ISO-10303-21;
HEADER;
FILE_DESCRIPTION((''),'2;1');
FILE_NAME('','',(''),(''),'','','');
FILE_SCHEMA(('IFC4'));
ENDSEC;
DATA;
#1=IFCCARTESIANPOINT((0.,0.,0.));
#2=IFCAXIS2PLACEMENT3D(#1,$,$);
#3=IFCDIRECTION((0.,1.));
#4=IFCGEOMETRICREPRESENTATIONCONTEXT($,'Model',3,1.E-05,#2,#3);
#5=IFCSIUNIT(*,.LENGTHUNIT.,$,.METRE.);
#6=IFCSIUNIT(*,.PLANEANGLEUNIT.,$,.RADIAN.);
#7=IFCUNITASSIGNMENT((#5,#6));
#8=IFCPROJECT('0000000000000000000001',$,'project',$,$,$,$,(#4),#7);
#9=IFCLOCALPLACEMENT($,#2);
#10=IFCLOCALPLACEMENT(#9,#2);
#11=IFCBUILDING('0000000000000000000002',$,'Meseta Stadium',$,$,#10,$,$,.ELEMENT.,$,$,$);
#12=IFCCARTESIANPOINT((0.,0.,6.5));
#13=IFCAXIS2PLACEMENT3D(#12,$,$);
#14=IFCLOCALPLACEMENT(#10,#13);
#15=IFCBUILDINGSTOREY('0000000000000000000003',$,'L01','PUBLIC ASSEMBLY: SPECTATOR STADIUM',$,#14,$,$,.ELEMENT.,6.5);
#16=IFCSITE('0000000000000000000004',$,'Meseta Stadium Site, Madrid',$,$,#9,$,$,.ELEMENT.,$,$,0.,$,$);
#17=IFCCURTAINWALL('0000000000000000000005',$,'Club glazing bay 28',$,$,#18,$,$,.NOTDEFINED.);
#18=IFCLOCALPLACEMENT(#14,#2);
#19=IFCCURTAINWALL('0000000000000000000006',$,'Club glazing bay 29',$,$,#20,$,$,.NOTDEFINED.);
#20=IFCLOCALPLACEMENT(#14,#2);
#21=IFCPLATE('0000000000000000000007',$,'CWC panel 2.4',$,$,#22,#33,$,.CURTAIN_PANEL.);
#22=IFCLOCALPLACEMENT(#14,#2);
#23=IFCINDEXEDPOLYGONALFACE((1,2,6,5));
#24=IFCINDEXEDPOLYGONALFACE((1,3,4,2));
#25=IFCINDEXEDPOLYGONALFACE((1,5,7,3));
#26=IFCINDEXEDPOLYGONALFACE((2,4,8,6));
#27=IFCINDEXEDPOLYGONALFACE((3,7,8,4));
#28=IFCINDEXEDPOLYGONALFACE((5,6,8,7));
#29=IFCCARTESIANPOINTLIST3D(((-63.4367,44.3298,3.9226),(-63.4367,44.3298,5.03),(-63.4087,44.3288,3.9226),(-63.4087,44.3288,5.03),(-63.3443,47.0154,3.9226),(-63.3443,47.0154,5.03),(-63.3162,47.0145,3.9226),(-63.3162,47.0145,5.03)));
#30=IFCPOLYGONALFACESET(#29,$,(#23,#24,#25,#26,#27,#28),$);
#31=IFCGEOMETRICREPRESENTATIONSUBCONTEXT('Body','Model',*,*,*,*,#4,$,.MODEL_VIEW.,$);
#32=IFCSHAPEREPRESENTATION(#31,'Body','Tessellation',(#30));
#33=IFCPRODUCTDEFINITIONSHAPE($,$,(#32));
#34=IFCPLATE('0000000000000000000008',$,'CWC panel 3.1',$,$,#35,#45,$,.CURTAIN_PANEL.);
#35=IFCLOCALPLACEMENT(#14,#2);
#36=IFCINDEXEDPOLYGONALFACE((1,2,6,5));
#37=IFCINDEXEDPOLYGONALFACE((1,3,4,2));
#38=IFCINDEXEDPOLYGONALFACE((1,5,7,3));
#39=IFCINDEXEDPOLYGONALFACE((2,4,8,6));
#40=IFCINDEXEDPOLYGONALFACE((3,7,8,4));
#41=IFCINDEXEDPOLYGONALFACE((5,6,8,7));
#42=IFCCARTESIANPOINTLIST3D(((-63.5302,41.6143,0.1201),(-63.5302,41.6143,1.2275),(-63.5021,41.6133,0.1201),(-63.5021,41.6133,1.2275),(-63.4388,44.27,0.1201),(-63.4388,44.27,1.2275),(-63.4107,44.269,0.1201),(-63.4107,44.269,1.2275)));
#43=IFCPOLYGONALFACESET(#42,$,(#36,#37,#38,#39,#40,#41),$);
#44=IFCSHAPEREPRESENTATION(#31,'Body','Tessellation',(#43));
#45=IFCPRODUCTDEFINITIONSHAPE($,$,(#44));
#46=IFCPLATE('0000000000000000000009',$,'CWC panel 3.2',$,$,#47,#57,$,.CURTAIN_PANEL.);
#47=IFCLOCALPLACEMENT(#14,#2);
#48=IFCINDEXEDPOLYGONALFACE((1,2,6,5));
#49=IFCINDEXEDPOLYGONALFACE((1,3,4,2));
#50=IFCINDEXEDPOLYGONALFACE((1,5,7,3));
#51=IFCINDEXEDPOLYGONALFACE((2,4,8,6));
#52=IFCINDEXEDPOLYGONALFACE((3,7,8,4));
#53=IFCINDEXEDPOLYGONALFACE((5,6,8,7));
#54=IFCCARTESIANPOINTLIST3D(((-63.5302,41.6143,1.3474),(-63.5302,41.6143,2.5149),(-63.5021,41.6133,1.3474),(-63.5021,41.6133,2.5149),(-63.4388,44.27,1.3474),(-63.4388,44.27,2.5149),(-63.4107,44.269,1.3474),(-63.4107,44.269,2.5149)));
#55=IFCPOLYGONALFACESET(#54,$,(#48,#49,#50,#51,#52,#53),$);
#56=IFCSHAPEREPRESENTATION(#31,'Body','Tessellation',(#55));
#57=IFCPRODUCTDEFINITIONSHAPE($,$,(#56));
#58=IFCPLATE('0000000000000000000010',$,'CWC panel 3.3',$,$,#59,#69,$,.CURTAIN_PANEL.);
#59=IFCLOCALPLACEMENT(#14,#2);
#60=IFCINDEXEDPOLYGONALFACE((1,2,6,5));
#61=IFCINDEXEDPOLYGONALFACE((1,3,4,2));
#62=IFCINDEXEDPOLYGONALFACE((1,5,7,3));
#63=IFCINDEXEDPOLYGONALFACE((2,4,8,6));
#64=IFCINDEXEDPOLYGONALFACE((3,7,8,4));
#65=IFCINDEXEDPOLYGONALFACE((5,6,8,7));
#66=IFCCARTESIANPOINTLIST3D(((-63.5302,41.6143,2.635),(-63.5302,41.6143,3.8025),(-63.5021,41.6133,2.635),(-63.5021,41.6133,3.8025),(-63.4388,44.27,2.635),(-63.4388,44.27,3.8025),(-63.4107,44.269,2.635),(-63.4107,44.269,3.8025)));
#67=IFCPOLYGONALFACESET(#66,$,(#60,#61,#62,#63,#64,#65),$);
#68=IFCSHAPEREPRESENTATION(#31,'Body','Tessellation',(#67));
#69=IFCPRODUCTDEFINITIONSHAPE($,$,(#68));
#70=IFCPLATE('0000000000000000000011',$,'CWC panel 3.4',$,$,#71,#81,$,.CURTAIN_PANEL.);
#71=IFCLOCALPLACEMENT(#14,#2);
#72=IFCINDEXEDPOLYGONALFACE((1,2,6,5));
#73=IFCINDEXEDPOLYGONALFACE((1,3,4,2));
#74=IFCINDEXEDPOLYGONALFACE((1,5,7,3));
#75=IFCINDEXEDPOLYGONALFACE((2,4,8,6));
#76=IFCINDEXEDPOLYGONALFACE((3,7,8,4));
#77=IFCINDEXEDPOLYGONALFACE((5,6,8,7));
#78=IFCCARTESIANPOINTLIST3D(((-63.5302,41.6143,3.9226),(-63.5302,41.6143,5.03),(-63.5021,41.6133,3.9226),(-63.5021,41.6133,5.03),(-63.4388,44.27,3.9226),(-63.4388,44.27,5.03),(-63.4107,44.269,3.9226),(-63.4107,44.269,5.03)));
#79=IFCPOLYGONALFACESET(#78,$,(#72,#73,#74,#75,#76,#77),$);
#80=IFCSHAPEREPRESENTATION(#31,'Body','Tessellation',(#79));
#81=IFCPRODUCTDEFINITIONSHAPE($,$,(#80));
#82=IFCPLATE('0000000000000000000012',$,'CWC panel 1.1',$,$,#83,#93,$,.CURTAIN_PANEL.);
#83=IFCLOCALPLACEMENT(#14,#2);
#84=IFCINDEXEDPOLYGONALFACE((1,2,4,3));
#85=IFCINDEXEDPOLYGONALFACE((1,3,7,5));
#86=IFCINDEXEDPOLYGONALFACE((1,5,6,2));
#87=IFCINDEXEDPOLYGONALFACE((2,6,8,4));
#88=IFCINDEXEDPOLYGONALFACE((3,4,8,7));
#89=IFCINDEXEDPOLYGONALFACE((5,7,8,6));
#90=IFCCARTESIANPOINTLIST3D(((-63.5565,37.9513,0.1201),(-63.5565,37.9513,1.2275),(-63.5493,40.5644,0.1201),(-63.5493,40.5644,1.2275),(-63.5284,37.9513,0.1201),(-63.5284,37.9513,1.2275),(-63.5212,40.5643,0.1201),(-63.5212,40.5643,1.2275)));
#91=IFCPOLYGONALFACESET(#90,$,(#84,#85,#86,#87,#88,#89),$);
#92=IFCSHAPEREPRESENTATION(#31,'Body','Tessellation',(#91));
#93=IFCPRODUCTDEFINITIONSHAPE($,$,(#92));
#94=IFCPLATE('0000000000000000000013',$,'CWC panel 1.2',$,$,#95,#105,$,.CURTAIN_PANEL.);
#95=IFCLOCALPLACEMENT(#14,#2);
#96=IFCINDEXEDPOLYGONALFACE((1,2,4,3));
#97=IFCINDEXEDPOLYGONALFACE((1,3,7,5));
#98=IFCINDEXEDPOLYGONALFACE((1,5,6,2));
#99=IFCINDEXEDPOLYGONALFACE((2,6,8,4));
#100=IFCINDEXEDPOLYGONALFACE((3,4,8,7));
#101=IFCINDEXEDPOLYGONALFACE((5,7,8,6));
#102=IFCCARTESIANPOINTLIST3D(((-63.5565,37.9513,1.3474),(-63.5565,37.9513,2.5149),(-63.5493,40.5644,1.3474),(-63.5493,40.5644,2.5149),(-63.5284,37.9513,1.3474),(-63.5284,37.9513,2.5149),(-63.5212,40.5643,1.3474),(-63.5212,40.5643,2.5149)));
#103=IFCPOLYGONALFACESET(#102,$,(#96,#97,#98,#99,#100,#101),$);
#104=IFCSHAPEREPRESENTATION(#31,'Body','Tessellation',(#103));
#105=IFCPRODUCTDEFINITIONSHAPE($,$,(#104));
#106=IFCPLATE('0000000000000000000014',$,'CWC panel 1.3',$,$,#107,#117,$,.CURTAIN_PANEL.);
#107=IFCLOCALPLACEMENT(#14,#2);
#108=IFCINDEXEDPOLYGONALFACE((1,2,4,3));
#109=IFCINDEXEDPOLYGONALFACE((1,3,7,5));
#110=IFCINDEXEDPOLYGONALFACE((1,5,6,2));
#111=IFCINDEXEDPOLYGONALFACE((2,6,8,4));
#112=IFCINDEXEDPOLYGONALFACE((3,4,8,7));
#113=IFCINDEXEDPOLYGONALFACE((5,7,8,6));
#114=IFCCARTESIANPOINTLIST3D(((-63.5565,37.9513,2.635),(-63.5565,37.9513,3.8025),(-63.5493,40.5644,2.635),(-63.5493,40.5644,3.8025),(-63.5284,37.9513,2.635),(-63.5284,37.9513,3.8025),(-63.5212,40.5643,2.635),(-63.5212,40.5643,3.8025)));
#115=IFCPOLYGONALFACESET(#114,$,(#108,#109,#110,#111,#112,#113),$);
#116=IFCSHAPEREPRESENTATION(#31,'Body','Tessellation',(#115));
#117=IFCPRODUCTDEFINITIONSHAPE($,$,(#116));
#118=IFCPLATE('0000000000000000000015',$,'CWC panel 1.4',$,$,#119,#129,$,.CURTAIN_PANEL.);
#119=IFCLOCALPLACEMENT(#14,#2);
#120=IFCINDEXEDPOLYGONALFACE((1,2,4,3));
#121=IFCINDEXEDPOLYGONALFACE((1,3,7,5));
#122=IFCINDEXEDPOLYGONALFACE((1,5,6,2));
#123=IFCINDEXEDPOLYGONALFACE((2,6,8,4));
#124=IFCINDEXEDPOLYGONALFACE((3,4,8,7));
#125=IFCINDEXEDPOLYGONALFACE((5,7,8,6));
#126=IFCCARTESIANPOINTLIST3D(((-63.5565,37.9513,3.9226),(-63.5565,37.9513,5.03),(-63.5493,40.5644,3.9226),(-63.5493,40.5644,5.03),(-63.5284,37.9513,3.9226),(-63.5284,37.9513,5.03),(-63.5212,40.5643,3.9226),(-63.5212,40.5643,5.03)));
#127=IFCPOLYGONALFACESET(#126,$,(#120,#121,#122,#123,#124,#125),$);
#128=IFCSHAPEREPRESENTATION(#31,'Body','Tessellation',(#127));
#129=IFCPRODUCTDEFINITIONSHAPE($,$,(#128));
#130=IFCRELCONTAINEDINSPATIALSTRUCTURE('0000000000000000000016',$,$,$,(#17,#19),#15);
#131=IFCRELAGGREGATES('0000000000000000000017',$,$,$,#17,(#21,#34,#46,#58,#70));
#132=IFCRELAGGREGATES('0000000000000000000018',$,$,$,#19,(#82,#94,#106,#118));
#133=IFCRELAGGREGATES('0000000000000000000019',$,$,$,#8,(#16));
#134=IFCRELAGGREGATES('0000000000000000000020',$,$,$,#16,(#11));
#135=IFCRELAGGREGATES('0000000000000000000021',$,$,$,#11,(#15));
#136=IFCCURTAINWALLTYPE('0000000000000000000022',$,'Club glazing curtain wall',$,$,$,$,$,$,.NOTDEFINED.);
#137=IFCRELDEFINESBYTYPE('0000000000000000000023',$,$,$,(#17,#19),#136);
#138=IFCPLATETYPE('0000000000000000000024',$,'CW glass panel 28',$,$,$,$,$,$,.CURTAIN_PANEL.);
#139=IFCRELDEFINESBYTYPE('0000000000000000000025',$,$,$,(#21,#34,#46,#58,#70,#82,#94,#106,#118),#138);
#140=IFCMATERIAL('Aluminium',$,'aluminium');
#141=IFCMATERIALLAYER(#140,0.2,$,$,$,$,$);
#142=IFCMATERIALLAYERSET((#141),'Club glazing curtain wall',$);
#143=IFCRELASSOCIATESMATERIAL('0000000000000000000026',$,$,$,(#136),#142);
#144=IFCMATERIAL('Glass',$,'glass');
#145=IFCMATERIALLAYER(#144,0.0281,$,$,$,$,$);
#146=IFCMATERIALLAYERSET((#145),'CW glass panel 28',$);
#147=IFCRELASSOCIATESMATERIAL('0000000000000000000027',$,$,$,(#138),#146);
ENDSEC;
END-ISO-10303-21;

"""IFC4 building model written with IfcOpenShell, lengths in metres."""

from ifc_helpers import new_model, si_unit, direction, frame, origin, origin_2d, place, context, subcontext, project, spatial, rectangle, extrude, material, layer, layer_set, type_object, element, aggregate, save


model = new_model("IFC4")

# Units and contexts
model_context = context("Model", 3, precision=1e-05, world=origin(), true_north=direction((0.0, 1.0)))
body_context = subcontext(model_context, "Body", "Model", "MODEL_VIEW")
ifc_project = project(units=[si_unit("LENGTHUNIT", "METRE"), si_unit("PLANEANGLEUNIT", "RADIAN")], contexts=[model_context])

# Site, building, storey
site_placement = place(None, origin())
site = spatial("IfcSite", under=ifc_project, at=site_placement, Name="Meseta Stadium Site, Madrid", CompositionType="ELEMENT", RefElevation=0.0)
building_placement = place(site_placement, origin())
building = spatial("IfcBuilding", under=site, at=building_placement, Name="Meseta Stadium", CompositionType="ELEMENT")
storey_placement = place(building_placement, frame((0.0, 0.0, 6.5)))
storey = spatial("IfcBuildingStorey", under=building, at=storey_placement, Name="L01", Description="PUBLIC ASSEMBLY: SPECTATOR STADIUM", CompositionType="ELEMENT", Elevation=6.5)

# Curtain walls
ifc_material_1 = material(Name="Aluminium", Category="aluminium")
ifc_layer_1 = layer(ifc_material_1, 0.2)
ifc_layer_set_1 = layer_set([ifc_layer_1], Name="Club glazing curtain wall")
curtain_wall_type = type_object("IfcCurtainWallType", Name="Club glazing curtain wall", PredefinedType="NOTDEFINED", material=ifc_layer_set_1)
curtain_wall_1_placement = place(storey_placement, origin())
curtain_wall_1 = element("IfcCurtainWall", 1, at=curtain_wall_1_placement, inside=storey, type_object=curtain_wall_type, Name="Club glazing bay 28", PredefinedType="NOTDEFINED")
curtain_wall_2_placement = place(storey_placement, origin())
curtain_wall_2 = element("IfcCurtainWall", 2, at=curtain_wall_2_placement, inside=storey, type_object=curtain_wall_type, Name="Club glazing bay 29", PredefinedType="NOTDEFINED")

# Plates
ifc_material_2 = material(Name="Glass", Category="glass")
ifc_layer_2 = layer(ifc_material_2, 0.0281)
ifc_layer_set_2 = layer_set([ifc_layer_2], Name="CW glass panel 28")
plate_type = type_object("IfcPlateType", Name="CW glass panel 28", PredefinedType="CURTAIN_PANEL", material=ifc_layer_set_2)
plate_1_placement = place(storey_placement, frame((-63.3765, 45.6721, 3.9226), z_axis=(0.0, 0.0, 1.0), x_axis=(-0.034398, -0.999408, 0.0)))
plate_1 = element("IfcPlate", 3, at=plate_1_placement, type_object=plate_type, Name="CWC panel 2.4", PredefinedType="CURTAIN_PANEL", context=body_context, shape_type="SweptSolid", body=[
    extrude(rectangle(XDim=2.6873, YDim=0.0281, at=origin_2d()), origin(), (0.0, 0.0, 1.0), 1.1074),
])
plate_2_placement = place(storey_placement, frame((-63.4705, 42.9417, 0.1201), z_axis=(0.0, 0.0, 1.0), x_axis=(-0.034398, -0.999408, 0.0)))
plate_2 = element("IfcPlate", 4, at=plate_2_placement, type_object=plate_type, Name="CWC panel 3.1", PredefinedType="CURTAIN_PANEL", context=body_context, shape_type="SweptSolid", body=[
    extrude(rectangle(XDim=2.6572, YDim=0.0281, at=origin_2d()), origin(), (0.0, 0.0, 1.0), 1.1074),
])
plate_3_placement = place(storey_placement, frame((-63.4705, 42.9417, 1.3474), z_axis=(0.0, 0.0, 1.0), x_axis=(-0.034398, -0.999408, 0.0)))
plate_3 = element("IfcPlate", 5, at=plate_3_placement, type_object=plate_type, Name="CWC panel 3.2", PredefinedType="CURTAIN_PANEL", context=body_context, shape_type="SweptSolid", body=[
    extrude(rectangle(XDim=2.6572, YDim=0.0281, at=origin_2d()), origin(), (0.0, 0.0, 1.0), 1.1675),
])
plate_4_placement = place(storey_placement, frame((-63.4705, 42.9417, 2.635), z_axis=(0.0, 0.0, 1.0), x_axis=(-0.034398, -0.999408, 0.0)))
plate_4 = element("IfcPlate", 6, at=plate_4_placement, type_object=plate_type, Name="CWC panel 3.3", PredefinedType="CURTAIN_PANEL", context=body_context, shape_type="SweptSolid", body=[
    extrude(rectangle(XDim=2.6572, YDim=0.0281, at=origin_2d()), origin(), (0.0, 0.0, 1.0), 1.1675),
])
plate_5_placement = place(storey_placement, frame((-63.4705, 42.9417, 3.9226), z_axis=(0.0, 0.0, 1.0), x_axis=(-0.034398, -0.999408, 0.0)))
plate_5 = element("IfcPlate", 7, at=plate_5_placement, type_object=plate_type, Name="CWC panel 3.4", PredefinedType="CURTAIN_PANEL", context=body_context, shape_type="SweptSolid", body=[
    extrude(rectangle(XDim=2.6572, YDim=0.0281, at=origin_2d()), origin(), (0.0, 0.0, 1.0), 1.1074),
])
aggregate(curtain_wall_1, [plate_1, plate_2, plate_3, plate_4, plate_5])
plate_6_placement = place(storey_placement, frame((-63.5388, 39.2578, 0.1201), z_axis=(0.0, 0.0, 1.0), x_axis=(-0.002758, -0.999996, 0.0)))
plate_6 = element("IfcPlate", 8, at=plate_6_placement, type_object=plate_type, Name="CWC panel 1.1", PredefinedType="CURTAIN_PANEL", context=body_context, shape_type="SweptSolid", body=[
    extrude(rectangle(XDim=2.613, YDim=0.0281, at=origin_2d()), origin(), (0.0, 0.0, 1.0), 1.1074),
])
plate_7_placement = place(storey_placement, frame((-63.5388, 39.2578, 1.3474), z_axis=(0.0, 0.0, 1.0), x_axis=(-0.002758, -0.999996, 0.0)))
plate_7 = element("IfcPlate", 9, at=plate_7_placement, type_object=plate_type, Name="CWC panel 1.2", PredefinedType="CURTAIN_PANEL", context=body_context, shape_type="SweptSolid", body=[
    extrude(rectangle(XDim=2.613, YDim=0.0281, at=origin_2d()), origin(), (0.0, 0.0, 1.0), 1.1675),
])
plate_8_placement = place(storey_placement, frame((-63.5388, 39.2578, 2.635), z_axis=(0.0, 0.0, 1.0), x_axis=(-0.002758, -0.999996, 0.0)))
plate_8 = element("IfcPlate", 10, at=plate_8_placement, type_object=plate_type, Name="CWC panel 1.3", PredefinedType="CURTAIN_PANEL", context=body_context, shape_type="SweptSolid", body=[
    extrude(rectangle(XDim=2.613, YDim=0.0281, at=origin_2d()), origin(), (0.0, 0.0, 1.0), 1.1675),
])
plate_9_placement = place(storey_placement, frame((-63.5388, 39.2578, 3.9226), z_axis=(0.0, 0.0, 1.0), x_axis=(-0.002758, -0.999996, 0.0)))
plate_9 = element("IfcPlate", 11, at=plate_9_placement, type_object=plate_type, Name="CWC panel 1.4", PredefinedType="CURTAIN_PANEL", context=body_context, shape_type="SweptSolid", body=[
    extrude(rectangle(XDim=2.613, YDim=0.0281, at=origin_2d()), origin(), (0.0, 0.0, 1.0), 1.1074),
])
aggregate(curtain_wall_2, [plate_6, plate_7, plate_8, plate_9])

save(model, "model.ifc")
